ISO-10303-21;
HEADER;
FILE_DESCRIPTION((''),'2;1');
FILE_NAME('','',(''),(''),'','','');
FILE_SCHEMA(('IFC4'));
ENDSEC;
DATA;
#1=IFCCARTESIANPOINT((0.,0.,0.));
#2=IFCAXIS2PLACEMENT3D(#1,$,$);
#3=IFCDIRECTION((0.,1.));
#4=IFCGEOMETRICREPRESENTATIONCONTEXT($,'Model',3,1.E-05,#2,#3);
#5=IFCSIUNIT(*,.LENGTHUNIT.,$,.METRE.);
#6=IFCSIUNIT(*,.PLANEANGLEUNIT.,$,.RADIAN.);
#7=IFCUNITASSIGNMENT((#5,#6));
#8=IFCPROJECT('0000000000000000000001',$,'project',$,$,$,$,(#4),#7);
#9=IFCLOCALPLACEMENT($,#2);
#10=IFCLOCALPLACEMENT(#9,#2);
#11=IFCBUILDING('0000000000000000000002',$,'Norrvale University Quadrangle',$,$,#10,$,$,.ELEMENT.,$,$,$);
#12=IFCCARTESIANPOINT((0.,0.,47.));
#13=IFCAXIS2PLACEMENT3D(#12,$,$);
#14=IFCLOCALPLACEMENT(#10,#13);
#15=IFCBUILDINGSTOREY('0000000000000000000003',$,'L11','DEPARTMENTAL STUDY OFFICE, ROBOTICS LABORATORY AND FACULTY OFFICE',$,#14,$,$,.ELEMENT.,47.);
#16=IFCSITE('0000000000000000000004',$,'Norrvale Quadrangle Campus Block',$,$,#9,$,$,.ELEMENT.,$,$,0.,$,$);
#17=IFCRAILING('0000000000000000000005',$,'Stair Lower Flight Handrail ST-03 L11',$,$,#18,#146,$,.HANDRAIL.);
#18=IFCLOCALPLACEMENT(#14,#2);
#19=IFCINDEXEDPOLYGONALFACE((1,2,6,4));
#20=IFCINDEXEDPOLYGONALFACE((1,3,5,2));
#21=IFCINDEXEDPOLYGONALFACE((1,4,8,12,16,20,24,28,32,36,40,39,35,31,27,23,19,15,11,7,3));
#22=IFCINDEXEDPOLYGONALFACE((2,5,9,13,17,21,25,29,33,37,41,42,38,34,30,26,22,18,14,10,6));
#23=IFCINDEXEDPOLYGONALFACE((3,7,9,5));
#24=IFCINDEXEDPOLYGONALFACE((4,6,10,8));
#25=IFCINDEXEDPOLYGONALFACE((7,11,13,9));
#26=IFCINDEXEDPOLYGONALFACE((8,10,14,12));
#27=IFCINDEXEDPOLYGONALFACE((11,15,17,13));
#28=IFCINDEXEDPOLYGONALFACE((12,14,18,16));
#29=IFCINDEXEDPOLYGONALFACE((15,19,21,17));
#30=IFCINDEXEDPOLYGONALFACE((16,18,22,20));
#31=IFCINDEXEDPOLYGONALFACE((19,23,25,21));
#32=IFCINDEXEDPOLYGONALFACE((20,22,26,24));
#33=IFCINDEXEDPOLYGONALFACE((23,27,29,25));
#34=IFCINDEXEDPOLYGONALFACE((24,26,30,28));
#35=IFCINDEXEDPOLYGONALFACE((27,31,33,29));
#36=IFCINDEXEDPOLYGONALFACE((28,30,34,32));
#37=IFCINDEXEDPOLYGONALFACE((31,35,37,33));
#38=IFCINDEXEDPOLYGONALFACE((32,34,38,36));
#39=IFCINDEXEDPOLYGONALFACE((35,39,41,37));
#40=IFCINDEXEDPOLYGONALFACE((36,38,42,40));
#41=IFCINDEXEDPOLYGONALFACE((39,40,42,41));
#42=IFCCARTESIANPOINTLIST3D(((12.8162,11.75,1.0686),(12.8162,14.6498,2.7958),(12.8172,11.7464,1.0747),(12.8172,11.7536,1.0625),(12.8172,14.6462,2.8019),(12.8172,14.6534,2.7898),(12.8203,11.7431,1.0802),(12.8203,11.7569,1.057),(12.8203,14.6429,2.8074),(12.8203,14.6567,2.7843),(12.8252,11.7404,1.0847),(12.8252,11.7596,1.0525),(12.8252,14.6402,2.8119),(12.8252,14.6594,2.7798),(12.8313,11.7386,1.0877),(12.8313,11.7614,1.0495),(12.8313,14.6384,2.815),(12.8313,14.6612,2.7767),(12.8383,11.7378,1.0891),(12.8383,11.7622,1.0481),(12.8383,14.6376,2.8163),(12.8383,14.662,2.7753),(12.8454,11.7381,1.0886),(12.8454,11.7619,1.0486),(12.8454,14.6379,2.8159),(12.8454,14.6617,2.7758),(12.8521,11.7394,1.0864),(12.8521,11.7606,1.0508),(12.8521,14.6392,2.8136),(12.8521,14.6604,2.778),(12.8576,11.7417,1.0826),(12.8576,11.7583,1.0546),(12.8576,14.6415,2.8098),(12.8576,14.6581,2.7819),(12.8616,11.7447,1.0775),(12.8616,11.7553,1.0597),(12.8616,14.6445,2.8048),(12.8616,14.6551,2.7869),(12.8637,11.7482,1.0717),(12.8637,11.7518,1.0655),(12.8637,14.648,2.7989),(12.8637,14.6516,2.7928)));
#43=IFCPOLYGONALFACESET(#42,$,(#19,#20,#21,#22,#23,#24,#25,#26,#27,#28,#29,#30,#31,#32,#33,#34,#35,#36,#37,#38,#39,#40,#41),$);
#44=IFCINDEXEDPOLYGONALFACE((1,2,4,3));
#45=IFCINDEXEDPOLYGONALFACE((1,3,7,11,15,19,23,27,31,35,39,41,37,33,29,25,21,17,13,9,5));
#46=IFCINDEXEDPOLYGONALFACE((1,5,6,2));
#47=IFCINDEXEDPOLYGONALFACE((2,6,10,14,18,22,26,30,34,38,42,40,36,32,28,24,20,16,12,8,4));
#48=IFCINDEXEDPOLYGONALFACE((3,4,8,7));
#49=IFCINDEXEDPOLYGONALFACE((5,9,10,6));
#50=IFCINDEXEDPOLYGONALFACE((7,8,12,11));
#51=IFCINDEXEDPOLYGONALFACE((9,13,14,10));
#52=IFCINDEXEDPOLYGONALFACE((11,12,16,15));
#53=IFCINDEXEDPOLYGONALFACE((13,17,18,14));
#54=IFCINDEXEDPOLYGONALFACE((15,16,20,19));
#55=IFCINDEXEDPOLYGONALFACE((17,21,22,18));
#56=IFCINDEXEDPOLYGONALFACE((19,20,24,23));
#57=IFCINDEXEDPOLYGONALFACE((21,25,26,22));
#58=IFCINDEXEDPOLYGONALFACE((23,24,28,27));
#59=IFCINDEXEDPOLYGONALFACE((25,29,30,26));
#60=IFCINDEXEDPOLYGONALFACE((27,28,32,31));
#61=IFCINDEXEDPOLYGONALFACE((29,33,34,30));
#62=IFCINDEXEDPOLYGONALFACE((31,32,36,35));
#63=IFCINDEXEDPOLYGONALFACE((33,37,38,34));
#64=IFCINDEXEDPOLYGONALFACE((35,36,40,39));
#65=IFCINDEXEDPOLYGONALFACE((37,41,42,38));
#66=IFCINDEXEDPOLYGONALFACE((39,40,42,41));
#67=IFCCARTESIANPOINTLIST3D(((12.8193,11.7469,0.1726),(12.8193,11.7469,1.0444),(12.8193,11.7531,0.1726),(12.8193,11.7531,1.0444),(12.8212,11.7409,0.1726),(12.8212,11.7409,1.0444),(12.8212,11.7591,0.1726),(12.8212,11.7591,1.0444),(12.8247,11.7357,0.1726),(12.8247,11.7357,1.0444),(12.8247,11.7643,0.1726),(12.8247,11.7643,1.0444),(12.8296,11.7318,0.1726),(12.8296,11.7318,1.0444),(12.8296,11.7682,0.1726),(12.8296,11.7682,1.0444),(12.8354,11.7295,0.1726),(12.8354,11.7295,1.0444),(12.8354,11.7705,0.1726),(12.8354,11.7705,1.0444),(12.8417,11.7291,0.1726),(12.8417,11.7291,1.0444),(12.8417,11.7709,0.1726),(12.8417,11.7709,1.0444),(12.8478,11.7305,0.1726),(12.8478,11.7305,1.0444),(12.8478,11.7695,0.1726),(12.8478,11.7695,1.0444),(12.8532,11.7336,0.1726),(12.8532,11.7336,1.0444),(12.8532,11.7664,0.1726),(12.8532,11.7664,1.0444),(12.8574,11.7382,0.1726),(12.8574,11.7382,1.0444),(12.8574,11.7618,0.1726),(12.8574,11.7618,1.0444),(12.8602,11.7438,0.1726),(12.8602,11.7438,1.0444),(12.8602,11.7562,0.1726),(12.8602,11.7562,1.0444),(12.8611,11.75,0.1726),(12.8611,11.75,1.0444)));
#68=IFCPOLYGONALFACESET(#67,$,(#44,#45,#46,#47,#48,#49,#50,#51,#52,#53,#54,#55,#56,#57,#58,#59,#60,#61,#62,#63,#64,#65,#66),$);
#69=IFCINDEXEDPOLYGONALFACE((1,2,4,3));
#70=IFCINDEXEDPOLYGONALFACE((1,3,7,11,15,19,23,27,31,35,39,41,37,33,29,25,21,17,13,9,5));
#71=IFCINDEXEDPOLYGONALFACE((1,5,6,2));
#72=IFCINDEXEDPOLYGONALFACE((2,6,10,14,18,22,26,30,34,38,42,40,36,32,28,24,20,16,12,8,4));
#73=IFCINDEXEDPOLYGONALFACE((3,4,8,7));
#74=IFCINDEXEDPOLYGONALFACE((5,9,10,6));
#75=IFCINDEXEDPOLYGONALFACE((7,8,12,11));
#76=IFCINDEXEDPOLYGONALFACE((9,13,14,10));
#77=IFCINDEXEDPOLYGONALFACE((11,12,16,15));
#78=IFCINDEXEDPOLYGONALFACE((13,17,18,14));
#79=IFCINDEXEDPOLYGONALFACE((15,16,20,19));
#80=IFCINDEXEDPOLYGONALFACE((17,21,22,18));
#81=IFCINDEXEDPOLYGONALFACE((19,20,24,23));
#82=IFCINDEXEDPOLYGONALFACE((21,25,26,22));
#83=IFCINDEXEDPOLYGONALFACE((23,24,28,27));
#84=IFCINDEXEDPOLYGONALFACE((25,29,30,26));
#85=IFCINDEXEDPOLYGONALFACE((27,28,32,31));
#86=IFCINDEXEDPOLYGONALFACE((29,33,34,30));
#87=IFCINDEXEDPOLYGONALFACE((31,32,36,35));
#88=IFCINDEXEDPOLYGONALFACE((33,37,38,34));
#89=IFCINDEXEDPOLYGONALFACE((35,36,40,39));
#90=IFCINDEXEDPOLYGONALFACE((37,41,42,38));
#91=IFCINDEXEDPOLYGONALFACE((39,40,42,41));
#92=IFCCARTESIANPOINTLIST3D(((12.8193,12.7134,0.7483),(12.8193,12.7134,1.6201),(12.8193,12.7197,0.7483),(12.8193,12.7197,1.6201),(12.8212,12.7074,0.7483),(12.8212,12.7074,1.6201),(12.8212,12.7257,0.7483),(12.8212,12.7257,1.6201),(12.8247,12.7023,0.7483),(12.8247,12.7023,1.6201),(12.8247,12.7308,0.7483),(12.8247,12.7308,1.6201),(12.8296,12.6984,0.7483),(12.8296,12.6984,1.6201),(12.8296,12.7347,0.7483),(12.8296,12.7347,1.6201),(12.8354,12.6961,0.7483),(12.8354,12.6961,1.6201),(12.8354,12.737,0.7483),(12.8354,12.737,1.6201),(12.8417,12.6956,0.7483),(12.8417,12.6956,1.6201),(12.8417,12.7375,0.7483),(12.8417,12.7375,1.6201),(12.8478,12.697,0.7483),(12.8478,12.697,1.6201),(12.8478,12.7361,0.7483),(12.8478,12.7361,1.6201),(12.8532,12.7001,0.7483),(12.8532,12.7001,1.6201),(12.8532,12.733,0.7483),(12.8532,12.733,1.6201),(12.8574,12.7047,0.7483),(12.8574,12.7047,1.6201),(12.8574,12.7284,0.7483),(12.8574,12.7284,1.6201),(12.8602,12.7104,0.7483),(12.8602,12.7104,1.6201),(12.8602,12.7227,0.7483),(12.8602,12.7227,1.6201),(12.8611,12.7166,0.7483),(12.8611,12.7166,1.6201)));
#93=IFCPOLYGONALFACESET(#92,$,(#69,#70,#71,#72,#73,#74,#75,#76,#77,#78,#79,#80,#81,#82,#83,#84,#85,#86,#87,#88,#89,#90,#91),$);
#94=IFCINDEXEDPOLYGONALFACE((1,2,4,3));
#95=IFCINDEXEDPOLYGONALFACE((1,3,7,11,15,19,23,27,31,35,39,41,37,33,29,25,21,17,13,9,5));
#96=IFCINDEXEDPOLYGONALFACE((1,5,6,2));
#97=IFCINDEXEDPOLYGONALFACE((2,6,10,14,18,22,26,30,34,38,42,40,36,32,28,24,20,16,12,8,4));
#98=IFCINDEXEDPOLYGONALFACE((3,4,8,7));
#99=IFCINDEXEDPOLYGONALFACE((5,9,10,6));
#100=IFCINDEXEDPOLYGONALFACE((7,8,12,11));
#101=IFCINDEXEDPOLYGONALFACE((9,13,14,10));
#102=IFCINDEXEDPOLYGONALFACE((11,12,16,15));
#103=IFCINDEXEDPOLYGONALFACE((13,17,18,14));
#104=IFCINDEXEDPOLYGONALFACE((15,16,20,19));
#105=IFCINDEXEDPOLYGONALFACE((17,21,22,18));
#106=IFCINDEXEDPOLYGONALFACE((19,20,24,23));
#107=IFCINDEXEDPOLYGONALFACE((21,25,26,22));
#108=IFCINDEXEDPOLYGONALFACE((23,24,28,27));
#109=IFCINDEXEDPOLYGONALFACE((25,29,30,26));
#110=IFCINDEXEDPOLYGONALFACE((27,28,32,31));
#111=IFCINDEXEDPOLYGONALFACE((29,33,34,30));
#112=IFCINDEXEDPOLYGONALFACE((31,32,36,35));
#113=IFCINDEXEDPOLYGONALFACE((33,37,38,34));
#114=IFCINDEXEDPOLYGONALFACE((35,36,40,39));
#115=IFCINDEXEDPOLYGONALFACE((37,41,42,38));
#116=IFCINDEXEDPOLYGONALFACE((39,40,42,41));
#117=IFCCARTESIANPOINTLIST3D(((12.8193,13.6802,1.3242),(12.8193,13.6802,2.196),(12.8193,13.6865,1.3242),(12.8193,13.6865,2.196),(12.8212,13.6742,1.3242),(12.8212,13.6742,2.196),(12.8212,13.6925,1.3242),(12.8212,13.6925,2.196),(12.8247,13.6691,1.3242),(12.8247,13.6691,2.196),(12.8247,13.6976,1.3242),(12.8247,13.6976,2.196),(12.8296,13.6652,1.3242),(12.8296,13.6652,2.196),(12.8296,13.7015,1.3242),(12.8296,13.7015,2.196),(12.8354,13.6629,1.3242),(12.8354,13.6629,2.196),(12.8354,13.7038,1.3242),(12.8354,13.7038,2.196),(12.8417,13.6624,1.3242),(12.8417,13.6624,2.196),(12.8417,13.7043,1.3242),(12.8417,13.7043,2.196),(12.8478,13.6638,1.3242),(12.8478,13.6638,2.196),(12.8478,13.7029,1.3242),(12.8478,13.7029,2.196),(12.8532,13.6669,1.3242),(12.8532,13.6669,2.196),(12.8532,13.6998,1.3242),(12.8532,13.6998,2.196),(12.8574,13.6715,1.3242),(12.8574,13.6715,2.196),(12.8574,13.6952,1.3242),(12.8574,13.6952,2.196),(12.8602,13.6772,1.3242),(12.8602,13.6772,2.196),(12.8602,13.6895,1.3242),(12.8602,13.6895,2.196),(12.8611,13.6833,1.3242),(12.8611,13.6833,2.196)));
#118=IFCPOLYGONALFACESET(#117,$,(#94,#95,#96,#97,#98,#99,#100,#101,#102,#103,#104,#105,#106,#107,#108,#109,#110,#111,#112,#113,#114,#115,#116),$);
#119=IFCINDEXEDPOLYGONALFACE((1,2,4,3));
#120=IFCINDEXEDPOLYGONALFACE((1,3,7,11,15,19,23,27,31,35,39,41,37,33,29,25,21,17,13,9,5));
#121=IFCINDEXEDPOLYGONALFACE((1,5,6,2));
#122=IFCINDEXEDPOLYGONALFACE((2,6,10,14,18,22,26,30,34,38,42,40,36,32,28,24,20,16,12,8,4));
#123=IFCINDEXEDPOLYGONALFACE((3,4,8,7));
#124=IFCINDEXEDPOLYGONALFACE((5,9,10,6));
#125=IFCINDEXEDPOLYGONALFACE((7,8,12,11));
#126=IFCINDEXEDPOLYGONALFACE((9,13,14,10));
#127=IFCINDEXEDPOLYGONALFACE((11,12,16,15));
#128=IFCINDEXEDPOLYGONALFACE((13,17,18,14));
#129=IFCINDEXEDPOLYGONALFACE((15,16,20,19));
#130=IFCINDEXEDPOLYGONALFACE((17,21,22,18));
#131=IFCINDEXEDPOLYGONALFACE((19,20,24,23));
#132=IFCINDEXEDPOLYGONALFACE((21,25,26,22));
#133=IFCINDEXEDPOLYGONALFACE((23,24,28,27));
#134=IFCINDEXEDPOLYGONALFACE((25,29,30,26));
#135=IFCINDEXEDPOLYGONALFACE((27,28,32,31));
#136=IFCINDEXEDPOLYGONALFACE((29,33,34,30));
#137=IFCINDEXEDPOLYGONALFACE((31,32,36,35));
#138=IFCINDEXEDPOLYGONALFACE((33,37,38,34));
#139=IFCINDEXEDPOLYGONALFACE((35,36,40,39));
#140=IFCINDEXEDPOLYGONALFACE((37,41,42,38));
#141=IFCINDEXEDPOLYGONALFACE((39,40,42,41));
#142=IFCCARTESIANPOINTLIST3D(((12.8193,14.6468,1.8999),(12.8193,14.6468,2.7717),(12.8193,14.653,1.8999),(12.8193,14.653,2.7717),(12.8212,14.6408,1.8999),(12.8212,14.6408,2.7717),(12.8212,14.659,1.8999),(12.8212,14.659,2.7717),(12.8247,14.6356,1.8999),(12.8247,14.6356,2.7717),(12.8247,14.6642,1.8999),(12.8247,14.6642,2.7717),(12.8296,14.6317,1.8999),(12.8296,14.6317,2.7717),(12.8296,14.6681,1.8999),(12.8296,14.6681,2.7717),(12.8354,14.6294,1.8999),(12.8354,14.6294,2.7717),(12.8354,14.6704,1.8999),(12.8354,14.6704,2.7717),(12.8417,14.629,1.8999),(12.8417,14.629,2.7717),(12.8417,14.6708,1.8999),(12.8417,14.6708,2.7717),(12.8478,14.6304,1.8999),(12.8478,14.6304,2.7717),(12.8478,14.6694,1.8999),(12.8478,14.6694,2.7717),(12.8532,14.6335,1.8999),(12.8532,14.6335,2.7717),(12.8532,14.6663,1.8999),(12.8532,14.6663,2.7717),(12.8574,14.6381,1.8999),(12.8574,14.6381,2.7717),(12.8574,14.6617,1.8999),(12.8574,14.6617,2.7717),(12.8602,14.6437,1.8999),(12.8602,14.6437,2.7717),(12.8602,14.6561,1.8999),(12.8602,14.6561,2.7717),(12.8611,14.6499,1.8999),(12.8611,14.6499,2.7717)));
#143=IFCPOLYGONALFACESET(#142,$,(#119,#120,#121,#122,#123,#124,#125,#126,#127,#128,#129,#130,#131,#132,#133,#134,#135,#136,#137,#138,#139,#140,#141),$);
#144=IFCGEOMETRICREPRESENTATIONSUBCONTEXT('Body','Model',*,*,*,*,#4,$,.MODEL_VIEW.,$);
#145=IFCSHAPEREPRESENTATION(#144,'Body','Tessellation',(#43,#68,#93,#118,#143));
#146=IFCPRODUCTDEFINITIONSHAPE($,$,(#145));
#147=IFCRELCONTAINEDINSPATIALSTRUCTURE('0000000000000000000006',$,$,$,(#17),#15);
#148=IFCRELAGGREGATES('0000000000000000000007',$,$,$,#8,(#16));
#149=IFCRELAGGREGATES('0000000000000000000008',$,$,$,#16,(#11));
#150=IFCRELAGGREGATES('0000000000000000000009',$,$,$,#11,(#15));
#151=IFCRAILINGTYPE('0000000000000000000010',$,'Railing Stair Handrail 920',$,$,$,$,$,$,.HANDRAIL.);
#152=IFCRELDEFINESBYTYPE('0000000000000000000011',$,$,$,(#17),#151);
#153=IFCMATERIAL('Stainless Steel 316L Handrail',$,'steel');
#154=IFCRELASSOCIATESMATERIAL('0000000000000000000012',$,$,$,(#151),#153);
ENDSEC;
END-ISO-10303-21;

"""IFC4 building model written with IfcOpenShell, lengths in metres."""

from ifc_helpers import new_model, si_unit, direction, frame, origin, origin_2d, place, context, subcontext, project, spatial, circle, extrude, material, type_object, element, save


model = new_model("IFC4")

# Units and contexts
model_context = context("Model", 3, precision=1e-05, world=origin(), true_north=direction((0.0, 1.0)))
body_context = subcontext(model_context, "Body", "Model", "MODEL_VIEW")
ifc_project = project(units=[si_unit("LENGTHUNIT", "METRE"), si_unit("PLANEANGLEUNIT", "RADIAN")], contexts=[model_context])

# Site, building, storey
site_placement = place(None, origin())
site = spatial("IfcSite", under=ifc_project, at=site_placement, Name="Norrvale Quadrangle Campus Block", CompositionType="ELEMENT", RefElevation=0.0)
building_placement = place(site_placement, origin())
building = spatial("IfcBuilding", under=site, at=building_placement, Name="Norrvale University Quadrangle", CompositionType="ELEMENT")
storey_placement = place(building_placement, frame((0.0, 0.0, 47.0)))
storey = spatial("IfcBuildingStorey", under=building, at=storey_placement, Name="L11", Description="DEPARTMENTAL STUDY OFFICE, ROBOTICS LABORATORY AND FACULTY OFFICE", CompositionType="ELEMENT", Elevation=47.0)

# Railing
ifc_material_1 = material(Name="Stainless Steel 316L Handrail", Category="steel")
railing_type_1 = type_object("IfcRailingType", Name="Railing Stair Handrail 920", PredefinedType="HANDRAIL", material=ifc_material_1)
railing_1_placement = place(storey_placement, frame((12.8401, 11.75, 0.1726)))
element("IfcRailing", 1, at=railing_1_placement, inside=storey, type_object=railing_type_1, Name="Stair Lower Flight Handrail ST-03 L11", PredefinedType="HANDRAIL", context=body_context, shape_type="SweptSolid", body=[
    extrude(circle(Radius=0.0239, at=origin_2d()), frame((0.0, 0.0, 0.896), z_axis=(0.0, 0.859141, 0.511738), x_axis=(-1.0, 0.0, 0.0)), (0.0, 0.0, 1.0), 3.3752),
    extrude(circle(Radius=0.021, at=origin_2d()), origin(), (0.0, 0.0, 1.0), 0.8718),
    extrude(circle(Radius=0.021, at=origin_2d()), frame((0.0, 0.9666, 0.5757)), (0.0, 0.0, 1.0), 0.8718),
    extrude(circle(Radius=0.021, at=origin_2d()), frame((0.0, 1.9333, 1.1516)), (0.0, 0.0, 1.0), 0.8718),
    extrude(circle(Radius=0.021, at=origin_2d()), frame((0.0, 2.8999, 1.7273)), (0.0, 0.0, 1.0), 0.8718),
])

save(model, "model.ifc")
